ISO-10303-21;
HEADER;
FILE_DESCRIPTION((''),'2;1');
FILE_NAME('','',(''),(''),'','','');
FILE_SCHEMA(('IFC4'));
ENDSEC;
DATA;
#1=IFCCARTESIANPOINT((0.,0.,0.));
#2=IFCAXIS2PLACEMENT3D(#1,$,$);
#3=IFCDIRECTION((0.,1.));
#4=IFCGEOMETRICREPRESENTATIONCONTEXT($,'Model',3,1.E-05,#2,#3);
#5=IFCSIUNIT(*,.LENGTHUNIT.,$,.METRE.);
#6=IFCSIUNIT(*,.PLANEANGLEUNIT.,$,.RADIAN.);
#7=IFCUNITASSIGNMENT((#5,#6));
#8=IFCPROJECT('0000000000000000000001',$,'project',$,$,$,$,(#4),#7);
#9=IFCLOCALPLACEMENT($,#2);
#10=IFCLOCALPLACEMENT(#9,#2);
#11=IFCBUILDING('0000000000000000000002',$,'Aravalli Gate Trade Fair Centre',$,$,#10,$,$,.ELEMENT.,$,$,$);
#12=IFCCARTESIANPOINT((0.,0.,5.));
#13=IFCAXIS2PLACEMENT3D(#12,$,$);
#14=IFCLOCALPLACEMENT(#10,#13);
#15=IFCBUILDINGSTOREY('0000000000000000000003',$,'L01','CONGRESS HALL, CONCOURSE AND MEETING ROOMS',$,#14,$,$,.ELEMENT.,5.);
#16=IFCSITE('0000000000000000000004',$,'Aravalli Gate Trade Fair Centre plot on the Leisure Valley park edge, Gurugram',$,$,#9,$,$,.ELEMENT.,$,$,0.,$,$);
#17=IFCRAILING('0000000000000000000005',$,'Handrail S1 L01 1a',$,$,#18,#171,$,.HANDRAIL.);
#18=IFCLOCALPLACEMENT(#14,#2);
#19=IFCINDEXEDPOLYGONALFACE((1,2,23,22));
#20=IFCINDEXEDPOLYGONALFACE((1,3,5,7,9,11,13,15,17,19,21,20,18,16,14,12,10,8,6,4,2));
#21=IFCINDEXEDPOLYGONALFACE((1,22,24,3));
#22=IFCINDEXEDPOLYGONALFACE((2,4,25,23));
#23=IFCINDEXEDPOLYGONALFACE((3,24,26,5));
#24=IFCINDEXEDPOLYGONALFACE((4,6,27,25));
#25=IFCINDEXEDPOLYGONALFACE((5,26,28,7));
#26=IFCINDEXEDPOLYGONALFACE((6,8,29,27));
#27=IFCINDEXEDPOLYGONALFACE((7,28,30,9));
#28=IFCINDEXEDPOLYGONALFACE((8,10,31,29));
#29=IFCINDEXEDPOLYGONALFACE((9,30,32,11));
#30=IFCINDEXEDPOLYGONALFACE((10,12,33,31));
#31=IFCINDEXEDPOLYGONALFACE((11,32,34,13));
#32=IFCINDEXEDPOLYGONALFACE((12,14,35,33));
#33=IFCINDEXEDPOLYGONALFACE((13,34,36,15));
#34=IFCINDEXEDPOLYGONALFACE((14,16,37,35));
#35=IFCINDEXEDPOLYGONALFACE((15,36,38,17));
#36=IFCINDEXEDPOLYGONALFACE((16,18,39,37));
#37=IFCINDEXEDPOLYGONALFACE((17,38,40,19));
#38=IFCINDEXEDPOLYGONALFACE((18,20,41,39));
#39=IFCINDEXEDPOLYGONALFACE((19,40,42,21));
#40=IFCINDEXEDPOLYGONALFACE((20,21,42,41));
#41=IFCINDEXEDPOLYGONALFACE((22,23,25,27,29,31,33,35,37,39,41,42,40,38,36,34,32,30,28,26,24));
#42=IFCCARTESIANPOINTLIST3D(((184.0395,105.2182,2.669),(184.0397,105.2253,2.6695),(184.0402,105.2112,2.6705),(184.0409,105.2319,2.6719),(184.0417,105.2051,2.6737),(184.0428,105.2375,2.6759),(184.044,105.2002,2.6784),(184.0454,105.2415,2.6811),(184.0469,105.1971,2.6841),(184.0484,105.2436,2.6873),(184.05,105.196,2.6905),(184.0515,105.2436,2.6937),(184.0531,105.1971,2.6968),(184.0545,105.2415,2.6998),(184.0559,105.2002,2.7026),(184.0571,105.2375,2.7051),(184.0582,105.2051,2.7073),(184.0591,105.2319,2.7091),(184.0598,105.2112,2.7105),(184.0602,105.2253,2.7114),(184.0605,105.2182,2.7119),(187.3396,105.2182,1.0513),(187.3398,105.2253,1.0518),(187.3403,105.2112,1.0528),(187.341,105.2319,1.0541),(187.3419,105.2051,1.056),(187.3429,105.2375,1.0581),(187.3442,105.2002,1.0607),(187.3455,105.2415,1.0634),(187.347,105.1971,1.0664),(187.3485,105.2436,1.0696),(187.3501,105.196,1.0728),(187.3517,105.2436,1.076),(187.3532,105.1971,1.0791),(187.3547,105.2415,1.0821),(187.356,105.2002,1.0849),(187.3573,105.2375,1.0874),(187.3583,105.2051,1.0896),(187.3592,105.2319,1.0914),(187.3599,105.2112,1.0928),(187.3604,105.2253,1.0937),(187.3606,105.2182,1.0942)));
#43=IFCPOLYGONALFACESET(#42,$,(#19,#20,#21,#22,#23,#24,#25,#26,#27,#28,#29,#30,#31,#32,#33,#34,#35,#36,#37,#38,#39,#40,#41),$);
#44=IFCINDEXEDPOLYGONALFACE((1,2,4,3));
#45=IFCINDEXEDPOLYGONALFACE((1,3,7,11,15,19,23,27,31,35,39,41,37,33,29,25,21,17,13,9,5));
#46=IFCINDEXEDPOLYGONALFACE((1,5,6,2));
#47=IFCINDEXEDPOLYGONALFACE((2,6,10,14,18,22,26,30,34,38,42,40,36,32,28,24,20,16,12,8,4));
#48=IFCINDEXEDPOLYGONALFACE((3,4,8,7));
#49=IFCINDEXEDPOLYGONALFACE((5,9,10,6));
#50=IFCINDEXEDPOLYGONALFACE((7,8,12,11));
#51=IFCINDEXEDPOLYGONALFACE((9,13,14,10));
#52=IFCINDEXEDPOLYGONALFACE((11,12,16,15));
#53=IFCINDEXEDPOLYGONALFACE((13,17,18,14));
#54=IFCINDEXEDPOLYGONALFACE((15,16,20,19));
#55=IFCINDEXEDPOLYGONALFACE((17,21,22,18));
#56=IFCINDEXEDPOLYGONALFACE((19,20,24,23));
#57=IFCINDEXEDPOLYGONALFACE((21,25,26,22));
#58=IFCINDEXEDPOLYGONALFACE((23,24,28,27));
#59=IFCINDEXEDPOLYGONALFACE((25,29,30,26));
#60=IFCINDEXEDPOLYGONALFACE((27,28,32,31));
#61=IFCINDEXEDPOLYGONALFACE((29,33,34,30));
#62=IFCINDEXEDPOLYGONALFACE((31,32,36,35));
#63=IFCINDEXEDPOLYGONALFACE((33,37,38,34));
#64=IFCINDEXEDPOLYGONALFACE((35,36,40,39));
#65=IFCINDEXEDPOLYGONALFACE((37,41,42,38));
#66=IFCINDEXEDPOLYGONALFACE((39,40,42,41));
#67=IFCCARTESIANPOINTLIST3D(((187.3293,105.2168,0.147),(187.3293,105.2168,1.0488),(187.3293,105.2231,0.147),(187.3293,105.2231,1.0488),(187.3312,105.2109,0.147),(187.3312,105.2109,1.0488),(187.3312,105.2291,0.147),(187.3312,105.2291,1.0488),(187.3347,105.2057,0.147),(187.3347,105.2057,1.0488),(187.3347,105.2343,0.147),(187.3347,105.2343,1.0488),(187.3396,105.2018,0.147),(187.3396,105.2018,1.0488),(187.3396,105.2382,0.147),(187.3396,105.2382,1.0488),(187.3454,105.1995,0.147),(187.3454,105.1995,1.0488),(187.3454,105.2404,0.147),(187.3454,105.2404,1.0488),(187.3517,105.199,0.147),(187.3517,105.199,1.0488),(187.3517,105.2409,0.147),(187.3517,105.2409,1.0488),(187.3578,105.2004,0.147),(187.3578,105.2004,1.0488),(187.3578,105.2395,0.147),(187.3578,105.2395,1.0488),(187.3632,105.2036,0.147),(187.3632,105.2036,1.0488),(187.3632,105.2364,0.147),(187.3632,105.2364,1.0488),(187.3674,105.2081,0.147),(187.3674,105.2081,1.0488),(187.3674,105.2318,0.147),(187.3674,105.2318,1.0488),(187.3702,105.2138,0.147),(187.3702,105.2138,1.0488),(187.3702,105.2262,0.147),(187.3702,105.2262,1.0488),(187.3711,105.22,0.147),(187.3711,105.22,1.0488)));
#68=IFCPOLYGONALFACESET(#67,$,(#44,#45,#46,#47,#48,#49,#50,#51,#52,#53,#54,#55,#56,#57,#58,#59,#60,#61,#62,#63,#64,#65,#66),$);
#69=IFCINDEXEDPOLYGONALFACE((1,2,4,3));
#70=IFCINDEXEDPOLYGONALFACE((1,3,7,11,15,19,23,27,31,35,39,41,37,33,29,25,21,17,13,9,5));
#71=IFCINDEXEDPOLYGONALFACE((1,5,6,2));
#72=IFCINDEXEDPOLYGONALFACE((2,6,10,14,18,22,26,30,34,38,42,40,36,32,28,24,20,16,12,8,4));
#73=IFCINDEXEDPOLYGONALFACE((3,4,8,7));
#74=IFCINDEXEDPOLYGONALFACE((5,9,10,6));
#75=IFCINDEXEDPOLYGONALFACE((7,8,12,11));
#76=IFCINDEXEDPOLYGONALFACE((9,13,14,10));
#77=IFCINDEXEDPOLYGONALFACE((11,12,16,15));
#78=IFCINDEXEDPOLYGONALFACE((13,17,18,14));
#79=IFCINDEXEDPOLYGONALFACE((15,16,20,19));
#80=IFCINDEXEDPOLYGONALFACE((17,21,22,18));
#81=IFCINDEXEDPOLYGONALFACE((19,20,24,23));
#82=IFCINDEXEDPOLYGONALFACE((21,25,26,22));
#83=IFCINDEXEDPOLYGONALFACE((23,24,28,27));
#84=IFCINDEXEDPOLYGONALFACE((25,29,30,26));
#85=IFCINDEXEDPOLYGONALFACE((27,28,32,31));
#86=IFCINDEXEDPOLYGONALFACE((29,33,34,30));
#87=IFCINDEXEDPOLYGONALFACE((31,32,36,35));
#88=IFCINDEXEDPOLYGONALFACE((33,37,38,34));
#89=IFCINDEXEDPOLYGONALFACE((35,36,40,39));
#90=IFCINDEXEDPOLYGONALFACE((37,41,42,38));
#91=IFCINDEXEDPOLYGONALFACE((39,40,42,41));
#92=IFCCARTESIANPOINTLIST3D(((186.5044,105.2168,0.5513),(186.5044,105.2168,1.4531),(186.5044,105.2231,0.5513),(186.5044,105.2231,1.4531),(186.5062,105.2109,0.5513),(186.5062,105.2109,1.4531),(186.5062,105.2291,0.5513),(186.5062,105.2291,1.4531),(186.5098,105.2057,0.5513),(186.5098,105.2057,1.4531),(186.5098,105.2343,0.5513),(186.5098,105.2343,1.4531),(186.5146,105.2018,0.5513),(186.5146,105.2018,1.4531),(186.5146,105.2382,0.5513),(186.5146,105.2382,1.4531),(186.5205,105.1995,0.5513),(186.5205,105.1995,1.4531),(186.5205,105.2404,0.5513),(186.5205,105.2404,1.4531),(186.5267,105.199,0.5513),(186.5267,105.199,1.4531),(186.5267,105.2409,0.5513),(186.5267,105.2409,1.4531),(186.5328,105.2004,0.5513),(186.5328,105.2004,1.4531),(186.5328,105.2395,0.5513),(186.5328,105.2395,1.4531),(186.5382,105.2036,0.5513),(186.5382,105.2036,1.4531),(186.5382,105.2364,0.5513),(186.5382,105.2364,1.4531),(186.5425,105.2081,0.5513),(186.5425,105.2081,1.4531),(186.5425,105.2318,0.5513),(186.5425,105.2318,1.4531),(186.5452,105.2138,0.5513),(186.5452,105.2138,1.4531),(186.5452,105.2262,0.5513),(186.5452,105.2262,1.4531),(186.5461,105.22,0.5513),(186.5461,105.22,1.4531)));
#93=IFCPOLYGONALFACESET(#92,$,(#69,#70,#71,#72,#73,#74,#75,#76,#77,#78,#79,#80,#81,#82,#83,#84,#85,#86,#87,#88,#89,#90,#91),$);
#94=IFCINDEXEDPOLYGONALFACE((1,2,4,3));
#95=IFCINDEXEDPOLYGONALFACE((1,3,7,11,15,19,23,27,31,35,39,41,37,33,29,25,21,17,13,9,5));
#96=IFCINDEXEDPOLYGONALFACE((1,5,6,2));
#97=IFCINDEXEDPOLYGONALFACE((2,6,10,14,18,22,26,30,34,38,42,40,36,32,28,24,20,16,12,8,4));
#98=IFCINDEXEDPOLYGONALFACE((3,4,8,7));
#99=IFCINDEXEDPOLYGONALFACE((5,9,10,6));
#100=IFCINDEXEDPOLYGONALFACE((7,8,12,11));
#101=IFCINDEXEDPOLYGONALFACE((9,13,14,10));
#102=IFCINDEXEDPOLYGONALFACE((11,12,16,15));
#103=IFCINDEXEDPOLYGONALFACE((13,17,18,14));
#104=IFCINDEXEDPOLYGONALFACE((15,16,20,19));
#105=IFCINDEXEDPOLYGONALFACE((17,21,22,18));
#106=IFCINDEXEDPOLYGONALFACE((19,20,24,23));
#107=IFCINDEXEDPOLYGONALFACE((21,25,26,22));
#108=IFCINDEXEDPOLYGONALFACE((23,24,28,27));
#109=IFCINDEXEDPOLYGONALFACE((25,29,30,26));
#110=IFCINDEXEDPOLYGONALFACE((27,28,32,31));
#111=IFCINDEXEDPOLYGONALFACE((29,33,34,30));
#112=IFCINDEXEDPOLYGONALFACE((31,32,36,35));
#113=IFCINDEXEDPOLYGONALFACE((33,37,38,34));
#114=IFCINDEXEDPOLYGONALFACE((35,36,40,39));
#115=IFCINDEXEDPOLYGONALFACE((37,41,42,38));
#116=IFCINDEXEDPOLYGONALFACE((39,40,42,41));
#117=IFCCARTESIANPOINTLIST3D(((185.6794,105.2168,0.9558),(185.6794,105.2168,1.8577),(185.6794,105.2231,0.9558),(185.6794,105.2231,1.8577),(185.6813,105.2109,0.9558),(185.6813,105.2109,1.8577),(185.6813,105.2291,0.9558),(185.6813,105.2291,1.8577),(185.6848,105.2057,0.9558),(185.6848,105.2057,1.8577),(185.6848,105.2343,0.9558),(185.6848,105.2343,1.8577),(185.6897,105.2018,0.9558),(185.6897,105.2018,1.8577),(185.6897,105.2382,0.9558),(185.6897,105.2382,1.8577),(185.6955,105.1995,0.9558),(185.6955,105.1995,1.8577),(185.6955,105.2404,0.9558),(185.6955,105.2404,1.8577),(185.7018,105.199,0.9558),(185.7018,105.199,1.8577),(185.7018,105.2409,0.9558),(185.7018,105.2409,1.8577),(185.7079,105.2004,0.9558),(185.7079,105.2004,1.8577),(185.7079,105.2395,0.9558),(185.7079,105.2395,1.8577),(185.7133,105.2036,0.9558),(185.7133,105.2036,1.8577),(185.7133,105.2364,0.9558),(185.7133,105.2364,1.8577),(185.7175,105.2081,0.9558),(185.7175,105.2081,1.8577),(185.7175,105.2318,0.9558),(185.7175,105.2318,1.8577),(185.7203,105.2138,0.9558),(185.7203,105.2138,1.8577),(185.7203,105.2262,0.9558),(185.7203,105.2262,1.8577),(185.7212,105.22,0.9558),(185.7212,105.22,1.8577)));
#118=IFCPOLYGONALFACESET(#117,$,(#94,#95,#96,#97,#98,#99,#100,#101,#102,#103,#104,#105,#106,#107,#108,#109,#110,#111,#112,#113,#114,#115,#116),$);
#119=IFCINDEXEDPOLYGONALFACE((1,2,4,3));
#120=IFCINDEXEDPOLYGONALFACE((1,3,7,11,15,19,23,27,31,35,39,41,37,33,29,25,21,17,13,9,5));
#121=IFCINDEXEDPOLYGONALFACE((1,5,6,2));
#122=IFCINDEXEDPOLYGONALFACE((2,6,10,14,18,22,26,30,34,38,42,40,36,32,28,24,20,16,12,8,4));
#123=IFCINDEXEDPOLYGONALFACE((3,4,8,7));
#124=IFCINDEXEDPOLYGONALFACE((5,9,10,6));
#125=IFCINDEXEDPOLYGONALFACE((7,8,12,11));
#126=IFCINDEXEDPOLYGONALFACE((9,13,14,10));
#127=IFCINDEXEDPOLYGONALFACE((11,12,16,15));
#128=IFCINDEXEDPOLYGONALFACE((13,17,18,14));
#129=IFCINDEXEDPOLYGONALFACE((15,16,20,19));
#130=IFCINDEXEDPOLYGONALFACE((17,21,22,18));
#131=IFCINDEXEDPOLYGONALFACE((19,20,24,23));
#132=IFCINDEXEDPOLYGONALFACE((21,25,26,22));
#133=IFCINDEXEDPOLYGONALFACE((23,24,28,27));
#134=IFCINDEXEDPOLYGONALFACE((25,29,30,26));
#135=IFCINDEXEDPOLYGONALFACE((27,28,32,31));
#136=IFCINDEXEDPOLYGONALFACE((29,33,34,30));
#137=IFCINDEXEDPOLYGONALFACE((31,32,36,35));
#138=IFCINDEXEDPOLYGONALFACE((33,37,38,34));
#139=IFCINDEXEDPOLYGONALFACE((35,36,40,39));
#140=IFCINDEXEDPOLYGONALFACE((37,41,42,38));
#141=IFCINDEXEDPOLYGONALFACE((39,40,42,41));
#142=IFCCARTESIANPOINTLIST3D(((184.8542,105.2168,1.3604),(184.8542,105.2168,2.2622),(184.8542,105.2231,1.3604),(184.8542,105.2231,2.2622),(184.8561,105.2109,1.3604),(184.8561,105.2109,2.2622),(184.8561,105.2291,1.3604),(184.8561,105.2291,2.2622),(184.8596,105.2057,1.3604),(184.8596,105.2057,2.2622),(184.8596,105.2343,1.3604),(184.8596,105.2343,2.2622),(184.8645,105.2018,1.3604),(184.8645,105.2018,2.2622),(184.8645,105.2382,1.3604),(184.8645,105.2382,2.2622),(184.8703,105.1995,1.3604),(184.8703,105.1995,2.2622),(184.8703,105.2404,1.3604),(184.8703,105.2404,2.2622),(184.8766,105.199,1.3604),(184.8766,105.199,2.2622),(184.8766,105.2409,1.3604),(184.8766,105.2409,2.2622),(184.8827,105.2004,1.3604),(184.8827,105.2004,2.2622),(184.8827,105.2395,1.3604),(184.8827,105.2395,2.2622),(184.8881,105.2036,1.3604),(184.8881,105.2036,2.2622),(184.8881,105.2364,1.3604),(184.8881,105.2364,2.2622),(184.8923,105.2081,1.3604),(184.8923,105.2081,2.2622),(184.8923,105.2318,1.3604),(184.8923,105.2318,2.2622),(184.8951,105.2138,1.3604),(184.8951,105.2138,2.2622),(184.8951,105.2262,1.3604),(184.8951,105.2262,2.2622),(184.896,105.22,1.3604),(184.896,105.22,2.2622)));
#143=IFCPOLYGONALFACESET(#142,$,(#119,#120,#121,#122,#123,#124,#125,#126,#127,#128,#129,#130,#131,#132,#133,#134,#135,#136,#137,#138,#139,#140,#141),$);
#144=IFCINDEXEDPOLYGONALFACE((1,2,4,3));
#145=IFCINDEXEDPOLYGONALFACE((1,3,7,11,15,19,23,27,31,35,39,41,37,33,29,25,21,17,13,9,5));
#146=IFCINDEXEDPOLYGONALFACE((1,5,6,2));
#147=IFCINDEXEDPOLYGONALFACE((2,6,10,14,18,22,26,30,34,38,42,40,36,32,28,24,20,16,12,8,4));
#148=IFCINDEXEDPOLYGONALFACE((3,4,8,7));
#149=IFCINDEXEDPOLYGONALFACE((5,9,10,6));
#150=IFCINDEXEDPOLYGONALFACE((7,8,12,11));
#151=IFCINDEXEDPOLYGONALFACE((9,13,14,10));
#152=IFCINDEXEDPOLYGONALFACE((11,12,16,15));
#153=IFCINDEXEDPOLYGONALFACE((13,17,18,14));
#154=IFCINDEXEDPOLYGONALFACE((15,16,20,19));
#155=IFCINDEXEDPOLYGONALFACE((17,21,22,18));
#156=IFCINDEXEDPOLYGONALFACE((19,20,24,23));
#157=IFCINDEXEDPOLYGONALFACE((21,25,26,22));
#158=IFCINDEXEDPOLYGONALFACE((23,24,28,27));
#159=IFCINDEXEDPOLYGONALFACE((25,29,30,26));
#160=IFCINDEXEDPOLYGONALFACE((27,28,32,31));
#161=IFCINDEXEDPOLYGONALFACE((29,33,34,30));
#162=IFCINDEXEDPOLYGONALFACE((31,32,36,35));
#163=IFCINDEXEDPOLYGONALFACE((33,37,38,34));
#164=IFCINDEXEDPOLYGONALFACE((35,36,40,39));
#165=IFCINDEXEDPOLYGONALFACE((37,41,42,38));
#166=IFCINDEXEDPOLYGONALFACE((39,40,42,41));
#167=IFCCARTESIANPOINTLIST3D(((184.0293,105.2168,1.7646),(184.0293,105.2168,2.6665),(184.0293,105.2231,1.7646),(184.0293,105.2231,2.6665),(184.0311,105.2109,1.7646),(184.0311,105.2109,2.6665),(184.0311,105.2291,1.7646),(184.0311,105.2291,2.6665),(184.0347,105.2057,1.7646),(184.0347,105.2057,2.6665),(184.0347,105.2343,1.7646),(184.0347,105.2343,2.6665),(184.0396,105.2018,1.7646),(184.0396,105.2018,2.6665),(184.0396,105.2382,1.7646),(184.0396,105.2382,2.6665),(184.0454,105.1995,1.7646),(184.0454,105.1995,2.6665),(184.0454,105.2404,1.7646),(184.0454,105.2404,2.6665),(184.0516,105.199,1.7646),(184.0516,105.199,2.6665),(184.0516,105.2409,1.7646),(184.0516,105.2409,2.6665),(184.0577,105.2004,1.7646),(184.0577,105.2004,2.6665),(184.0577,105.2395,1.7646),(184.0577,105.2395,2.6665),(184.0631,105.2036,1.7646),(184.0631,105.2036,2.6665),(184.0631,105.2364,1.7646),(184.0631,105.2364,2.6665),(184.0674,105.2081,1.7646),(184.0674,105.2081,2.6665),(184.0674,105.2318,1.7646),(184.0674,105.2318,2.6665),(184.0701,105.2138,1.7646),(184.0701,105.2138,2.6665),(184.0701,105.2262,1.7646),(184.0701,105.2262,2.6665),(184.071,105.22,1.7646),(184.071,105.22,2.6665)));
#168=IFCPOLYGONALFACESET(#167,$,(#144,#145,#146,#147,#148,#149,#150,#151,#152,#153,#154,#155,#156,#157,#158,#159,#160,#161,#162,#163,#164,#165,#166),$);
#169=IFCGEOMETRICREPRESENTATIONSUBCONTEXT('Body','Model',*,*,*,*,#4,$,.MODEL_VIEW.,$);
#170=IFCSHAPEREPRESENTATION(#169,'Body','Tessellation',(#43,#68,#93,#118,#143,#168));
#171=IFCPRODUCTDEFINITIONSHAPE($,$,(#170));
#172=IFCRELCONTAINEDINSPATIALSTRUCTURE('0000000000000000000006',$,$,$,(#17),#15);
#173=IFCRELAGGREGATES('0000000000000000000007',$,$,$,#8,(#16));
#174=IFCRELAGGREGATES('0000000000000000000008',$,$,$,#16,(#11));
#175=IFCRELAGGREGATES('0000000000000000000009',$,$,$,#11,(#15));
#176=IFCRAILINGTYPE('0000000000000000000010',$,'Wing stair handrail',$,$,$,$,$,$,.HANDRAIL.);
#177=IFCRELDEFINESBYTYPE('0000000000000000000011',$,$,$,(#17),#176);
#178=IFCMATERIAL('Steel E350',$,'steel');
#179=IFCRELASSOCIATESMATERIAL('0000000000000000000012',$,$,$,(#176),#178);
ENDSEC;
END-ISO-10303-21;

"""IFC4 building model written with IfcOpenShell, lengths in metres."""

from ifc_helpers import new_model, si_unit, direction, frame, origin, origin_2d, place, context, subcontext, project, spatial, circle, extrude, material, type_object, element, save


model = new_model("IFC4")

# Units and contexts
model_context = context("Model", 3, precision=1e-05, world=origin(), true_north=direction((0.0, 1.0)))
body_context = subcontext(model_context, "Body", "Model", "MODEL_VIEW")
ifc_project = project(units=[si_unit("LENGTHUNIT", "METRE"), si_unit("PLANEANGLEUNIT", "RADIAN")], contexts=[model_context])

# Site, building, storey
site_placement = place(None, origin())
site = spatial("IfcSite", under=ifc_project, at=site_placement, Name="Aravalli Gate Trade Fair Centre plot on the Leisure Valley park edge, Gurugram", CompositionType="ELEMENT", RefElevation=0.0)
building_placement = place(site_placement, origin())
building = spatial("IfcBuilding", under=site, at=building_placement, Name="Aravalli Gate Trade Fair Centre", CompositionType="ELEMENT")
storey_placement = place(building_placement, frame((0.0, 0.0, 5.0)))
storey = spatial("IfcBuildingStorey", under=building, at=storey_placement, Name="L01", Description="CONGRESS HALL, CONCOURSE AND MEETING ROOMS", CompositionType="ELEMENT", Elevation=5.0)

# Shared definitions
ifc_material_1 = material(Name="Steel E350", Category="steel")

# Railing
railing_type_1 = type_object("IfcRailingType", Name="Wing stair handrail", PredefinedType="HANDRAIL", material=ifc_material_1)
for number, where, name in (
    (1, (187.3501, 105.22, 0.147), "Handrail S1 L01 1a"),
):
    element("IfcRailing", number, at=place(storey_placement, frame(where)), inside=storey, type_object=railing_type_1, Name=name, PredefinedType="HANDRAIL", context=body_context, shape_type="SweptSolid", body=[
        extrude(circle(Radius=0.0239, at=origin_2d()), frame((0.0, 0.0, 0.9258), z_axis=(-0.89792, 0.0, 0.440158), x_axis=(0.0, -1.0, 0.0)), (0.0, 0.0, 1.0), 3.6753),
        extrude(circle(Radius=0.021, at=origin_2d()), origin(), (0.0, 0.0, 1.0), 0.9019),
        extrude(circle(Radius=0.021, at=origin_2d()), frame((-0.825, 0.0, 0.4043)), (0.0, 0.0, 1.0), 0.9019),
        extrude(circle(Radius=0.021, at=origin_2d()), frame((-1.6499, 0.0, 0.8088)), (0.0, 0.0, 1.0), 0.9019),
        extrude(circle(Radius=0.021, at=origin_2d()), frame((-2.4751, 0.0, 1.2134)), (0.0, 0.0, 1.0), 0.9019),
        extrude(circle(Radius=0.021, at=origin_2d()), frame((-3.3, 0.0, 1.6177)), (0.0, 0.0, 1.0), 0.9019),
    ])

save(model, "model.ifc")
